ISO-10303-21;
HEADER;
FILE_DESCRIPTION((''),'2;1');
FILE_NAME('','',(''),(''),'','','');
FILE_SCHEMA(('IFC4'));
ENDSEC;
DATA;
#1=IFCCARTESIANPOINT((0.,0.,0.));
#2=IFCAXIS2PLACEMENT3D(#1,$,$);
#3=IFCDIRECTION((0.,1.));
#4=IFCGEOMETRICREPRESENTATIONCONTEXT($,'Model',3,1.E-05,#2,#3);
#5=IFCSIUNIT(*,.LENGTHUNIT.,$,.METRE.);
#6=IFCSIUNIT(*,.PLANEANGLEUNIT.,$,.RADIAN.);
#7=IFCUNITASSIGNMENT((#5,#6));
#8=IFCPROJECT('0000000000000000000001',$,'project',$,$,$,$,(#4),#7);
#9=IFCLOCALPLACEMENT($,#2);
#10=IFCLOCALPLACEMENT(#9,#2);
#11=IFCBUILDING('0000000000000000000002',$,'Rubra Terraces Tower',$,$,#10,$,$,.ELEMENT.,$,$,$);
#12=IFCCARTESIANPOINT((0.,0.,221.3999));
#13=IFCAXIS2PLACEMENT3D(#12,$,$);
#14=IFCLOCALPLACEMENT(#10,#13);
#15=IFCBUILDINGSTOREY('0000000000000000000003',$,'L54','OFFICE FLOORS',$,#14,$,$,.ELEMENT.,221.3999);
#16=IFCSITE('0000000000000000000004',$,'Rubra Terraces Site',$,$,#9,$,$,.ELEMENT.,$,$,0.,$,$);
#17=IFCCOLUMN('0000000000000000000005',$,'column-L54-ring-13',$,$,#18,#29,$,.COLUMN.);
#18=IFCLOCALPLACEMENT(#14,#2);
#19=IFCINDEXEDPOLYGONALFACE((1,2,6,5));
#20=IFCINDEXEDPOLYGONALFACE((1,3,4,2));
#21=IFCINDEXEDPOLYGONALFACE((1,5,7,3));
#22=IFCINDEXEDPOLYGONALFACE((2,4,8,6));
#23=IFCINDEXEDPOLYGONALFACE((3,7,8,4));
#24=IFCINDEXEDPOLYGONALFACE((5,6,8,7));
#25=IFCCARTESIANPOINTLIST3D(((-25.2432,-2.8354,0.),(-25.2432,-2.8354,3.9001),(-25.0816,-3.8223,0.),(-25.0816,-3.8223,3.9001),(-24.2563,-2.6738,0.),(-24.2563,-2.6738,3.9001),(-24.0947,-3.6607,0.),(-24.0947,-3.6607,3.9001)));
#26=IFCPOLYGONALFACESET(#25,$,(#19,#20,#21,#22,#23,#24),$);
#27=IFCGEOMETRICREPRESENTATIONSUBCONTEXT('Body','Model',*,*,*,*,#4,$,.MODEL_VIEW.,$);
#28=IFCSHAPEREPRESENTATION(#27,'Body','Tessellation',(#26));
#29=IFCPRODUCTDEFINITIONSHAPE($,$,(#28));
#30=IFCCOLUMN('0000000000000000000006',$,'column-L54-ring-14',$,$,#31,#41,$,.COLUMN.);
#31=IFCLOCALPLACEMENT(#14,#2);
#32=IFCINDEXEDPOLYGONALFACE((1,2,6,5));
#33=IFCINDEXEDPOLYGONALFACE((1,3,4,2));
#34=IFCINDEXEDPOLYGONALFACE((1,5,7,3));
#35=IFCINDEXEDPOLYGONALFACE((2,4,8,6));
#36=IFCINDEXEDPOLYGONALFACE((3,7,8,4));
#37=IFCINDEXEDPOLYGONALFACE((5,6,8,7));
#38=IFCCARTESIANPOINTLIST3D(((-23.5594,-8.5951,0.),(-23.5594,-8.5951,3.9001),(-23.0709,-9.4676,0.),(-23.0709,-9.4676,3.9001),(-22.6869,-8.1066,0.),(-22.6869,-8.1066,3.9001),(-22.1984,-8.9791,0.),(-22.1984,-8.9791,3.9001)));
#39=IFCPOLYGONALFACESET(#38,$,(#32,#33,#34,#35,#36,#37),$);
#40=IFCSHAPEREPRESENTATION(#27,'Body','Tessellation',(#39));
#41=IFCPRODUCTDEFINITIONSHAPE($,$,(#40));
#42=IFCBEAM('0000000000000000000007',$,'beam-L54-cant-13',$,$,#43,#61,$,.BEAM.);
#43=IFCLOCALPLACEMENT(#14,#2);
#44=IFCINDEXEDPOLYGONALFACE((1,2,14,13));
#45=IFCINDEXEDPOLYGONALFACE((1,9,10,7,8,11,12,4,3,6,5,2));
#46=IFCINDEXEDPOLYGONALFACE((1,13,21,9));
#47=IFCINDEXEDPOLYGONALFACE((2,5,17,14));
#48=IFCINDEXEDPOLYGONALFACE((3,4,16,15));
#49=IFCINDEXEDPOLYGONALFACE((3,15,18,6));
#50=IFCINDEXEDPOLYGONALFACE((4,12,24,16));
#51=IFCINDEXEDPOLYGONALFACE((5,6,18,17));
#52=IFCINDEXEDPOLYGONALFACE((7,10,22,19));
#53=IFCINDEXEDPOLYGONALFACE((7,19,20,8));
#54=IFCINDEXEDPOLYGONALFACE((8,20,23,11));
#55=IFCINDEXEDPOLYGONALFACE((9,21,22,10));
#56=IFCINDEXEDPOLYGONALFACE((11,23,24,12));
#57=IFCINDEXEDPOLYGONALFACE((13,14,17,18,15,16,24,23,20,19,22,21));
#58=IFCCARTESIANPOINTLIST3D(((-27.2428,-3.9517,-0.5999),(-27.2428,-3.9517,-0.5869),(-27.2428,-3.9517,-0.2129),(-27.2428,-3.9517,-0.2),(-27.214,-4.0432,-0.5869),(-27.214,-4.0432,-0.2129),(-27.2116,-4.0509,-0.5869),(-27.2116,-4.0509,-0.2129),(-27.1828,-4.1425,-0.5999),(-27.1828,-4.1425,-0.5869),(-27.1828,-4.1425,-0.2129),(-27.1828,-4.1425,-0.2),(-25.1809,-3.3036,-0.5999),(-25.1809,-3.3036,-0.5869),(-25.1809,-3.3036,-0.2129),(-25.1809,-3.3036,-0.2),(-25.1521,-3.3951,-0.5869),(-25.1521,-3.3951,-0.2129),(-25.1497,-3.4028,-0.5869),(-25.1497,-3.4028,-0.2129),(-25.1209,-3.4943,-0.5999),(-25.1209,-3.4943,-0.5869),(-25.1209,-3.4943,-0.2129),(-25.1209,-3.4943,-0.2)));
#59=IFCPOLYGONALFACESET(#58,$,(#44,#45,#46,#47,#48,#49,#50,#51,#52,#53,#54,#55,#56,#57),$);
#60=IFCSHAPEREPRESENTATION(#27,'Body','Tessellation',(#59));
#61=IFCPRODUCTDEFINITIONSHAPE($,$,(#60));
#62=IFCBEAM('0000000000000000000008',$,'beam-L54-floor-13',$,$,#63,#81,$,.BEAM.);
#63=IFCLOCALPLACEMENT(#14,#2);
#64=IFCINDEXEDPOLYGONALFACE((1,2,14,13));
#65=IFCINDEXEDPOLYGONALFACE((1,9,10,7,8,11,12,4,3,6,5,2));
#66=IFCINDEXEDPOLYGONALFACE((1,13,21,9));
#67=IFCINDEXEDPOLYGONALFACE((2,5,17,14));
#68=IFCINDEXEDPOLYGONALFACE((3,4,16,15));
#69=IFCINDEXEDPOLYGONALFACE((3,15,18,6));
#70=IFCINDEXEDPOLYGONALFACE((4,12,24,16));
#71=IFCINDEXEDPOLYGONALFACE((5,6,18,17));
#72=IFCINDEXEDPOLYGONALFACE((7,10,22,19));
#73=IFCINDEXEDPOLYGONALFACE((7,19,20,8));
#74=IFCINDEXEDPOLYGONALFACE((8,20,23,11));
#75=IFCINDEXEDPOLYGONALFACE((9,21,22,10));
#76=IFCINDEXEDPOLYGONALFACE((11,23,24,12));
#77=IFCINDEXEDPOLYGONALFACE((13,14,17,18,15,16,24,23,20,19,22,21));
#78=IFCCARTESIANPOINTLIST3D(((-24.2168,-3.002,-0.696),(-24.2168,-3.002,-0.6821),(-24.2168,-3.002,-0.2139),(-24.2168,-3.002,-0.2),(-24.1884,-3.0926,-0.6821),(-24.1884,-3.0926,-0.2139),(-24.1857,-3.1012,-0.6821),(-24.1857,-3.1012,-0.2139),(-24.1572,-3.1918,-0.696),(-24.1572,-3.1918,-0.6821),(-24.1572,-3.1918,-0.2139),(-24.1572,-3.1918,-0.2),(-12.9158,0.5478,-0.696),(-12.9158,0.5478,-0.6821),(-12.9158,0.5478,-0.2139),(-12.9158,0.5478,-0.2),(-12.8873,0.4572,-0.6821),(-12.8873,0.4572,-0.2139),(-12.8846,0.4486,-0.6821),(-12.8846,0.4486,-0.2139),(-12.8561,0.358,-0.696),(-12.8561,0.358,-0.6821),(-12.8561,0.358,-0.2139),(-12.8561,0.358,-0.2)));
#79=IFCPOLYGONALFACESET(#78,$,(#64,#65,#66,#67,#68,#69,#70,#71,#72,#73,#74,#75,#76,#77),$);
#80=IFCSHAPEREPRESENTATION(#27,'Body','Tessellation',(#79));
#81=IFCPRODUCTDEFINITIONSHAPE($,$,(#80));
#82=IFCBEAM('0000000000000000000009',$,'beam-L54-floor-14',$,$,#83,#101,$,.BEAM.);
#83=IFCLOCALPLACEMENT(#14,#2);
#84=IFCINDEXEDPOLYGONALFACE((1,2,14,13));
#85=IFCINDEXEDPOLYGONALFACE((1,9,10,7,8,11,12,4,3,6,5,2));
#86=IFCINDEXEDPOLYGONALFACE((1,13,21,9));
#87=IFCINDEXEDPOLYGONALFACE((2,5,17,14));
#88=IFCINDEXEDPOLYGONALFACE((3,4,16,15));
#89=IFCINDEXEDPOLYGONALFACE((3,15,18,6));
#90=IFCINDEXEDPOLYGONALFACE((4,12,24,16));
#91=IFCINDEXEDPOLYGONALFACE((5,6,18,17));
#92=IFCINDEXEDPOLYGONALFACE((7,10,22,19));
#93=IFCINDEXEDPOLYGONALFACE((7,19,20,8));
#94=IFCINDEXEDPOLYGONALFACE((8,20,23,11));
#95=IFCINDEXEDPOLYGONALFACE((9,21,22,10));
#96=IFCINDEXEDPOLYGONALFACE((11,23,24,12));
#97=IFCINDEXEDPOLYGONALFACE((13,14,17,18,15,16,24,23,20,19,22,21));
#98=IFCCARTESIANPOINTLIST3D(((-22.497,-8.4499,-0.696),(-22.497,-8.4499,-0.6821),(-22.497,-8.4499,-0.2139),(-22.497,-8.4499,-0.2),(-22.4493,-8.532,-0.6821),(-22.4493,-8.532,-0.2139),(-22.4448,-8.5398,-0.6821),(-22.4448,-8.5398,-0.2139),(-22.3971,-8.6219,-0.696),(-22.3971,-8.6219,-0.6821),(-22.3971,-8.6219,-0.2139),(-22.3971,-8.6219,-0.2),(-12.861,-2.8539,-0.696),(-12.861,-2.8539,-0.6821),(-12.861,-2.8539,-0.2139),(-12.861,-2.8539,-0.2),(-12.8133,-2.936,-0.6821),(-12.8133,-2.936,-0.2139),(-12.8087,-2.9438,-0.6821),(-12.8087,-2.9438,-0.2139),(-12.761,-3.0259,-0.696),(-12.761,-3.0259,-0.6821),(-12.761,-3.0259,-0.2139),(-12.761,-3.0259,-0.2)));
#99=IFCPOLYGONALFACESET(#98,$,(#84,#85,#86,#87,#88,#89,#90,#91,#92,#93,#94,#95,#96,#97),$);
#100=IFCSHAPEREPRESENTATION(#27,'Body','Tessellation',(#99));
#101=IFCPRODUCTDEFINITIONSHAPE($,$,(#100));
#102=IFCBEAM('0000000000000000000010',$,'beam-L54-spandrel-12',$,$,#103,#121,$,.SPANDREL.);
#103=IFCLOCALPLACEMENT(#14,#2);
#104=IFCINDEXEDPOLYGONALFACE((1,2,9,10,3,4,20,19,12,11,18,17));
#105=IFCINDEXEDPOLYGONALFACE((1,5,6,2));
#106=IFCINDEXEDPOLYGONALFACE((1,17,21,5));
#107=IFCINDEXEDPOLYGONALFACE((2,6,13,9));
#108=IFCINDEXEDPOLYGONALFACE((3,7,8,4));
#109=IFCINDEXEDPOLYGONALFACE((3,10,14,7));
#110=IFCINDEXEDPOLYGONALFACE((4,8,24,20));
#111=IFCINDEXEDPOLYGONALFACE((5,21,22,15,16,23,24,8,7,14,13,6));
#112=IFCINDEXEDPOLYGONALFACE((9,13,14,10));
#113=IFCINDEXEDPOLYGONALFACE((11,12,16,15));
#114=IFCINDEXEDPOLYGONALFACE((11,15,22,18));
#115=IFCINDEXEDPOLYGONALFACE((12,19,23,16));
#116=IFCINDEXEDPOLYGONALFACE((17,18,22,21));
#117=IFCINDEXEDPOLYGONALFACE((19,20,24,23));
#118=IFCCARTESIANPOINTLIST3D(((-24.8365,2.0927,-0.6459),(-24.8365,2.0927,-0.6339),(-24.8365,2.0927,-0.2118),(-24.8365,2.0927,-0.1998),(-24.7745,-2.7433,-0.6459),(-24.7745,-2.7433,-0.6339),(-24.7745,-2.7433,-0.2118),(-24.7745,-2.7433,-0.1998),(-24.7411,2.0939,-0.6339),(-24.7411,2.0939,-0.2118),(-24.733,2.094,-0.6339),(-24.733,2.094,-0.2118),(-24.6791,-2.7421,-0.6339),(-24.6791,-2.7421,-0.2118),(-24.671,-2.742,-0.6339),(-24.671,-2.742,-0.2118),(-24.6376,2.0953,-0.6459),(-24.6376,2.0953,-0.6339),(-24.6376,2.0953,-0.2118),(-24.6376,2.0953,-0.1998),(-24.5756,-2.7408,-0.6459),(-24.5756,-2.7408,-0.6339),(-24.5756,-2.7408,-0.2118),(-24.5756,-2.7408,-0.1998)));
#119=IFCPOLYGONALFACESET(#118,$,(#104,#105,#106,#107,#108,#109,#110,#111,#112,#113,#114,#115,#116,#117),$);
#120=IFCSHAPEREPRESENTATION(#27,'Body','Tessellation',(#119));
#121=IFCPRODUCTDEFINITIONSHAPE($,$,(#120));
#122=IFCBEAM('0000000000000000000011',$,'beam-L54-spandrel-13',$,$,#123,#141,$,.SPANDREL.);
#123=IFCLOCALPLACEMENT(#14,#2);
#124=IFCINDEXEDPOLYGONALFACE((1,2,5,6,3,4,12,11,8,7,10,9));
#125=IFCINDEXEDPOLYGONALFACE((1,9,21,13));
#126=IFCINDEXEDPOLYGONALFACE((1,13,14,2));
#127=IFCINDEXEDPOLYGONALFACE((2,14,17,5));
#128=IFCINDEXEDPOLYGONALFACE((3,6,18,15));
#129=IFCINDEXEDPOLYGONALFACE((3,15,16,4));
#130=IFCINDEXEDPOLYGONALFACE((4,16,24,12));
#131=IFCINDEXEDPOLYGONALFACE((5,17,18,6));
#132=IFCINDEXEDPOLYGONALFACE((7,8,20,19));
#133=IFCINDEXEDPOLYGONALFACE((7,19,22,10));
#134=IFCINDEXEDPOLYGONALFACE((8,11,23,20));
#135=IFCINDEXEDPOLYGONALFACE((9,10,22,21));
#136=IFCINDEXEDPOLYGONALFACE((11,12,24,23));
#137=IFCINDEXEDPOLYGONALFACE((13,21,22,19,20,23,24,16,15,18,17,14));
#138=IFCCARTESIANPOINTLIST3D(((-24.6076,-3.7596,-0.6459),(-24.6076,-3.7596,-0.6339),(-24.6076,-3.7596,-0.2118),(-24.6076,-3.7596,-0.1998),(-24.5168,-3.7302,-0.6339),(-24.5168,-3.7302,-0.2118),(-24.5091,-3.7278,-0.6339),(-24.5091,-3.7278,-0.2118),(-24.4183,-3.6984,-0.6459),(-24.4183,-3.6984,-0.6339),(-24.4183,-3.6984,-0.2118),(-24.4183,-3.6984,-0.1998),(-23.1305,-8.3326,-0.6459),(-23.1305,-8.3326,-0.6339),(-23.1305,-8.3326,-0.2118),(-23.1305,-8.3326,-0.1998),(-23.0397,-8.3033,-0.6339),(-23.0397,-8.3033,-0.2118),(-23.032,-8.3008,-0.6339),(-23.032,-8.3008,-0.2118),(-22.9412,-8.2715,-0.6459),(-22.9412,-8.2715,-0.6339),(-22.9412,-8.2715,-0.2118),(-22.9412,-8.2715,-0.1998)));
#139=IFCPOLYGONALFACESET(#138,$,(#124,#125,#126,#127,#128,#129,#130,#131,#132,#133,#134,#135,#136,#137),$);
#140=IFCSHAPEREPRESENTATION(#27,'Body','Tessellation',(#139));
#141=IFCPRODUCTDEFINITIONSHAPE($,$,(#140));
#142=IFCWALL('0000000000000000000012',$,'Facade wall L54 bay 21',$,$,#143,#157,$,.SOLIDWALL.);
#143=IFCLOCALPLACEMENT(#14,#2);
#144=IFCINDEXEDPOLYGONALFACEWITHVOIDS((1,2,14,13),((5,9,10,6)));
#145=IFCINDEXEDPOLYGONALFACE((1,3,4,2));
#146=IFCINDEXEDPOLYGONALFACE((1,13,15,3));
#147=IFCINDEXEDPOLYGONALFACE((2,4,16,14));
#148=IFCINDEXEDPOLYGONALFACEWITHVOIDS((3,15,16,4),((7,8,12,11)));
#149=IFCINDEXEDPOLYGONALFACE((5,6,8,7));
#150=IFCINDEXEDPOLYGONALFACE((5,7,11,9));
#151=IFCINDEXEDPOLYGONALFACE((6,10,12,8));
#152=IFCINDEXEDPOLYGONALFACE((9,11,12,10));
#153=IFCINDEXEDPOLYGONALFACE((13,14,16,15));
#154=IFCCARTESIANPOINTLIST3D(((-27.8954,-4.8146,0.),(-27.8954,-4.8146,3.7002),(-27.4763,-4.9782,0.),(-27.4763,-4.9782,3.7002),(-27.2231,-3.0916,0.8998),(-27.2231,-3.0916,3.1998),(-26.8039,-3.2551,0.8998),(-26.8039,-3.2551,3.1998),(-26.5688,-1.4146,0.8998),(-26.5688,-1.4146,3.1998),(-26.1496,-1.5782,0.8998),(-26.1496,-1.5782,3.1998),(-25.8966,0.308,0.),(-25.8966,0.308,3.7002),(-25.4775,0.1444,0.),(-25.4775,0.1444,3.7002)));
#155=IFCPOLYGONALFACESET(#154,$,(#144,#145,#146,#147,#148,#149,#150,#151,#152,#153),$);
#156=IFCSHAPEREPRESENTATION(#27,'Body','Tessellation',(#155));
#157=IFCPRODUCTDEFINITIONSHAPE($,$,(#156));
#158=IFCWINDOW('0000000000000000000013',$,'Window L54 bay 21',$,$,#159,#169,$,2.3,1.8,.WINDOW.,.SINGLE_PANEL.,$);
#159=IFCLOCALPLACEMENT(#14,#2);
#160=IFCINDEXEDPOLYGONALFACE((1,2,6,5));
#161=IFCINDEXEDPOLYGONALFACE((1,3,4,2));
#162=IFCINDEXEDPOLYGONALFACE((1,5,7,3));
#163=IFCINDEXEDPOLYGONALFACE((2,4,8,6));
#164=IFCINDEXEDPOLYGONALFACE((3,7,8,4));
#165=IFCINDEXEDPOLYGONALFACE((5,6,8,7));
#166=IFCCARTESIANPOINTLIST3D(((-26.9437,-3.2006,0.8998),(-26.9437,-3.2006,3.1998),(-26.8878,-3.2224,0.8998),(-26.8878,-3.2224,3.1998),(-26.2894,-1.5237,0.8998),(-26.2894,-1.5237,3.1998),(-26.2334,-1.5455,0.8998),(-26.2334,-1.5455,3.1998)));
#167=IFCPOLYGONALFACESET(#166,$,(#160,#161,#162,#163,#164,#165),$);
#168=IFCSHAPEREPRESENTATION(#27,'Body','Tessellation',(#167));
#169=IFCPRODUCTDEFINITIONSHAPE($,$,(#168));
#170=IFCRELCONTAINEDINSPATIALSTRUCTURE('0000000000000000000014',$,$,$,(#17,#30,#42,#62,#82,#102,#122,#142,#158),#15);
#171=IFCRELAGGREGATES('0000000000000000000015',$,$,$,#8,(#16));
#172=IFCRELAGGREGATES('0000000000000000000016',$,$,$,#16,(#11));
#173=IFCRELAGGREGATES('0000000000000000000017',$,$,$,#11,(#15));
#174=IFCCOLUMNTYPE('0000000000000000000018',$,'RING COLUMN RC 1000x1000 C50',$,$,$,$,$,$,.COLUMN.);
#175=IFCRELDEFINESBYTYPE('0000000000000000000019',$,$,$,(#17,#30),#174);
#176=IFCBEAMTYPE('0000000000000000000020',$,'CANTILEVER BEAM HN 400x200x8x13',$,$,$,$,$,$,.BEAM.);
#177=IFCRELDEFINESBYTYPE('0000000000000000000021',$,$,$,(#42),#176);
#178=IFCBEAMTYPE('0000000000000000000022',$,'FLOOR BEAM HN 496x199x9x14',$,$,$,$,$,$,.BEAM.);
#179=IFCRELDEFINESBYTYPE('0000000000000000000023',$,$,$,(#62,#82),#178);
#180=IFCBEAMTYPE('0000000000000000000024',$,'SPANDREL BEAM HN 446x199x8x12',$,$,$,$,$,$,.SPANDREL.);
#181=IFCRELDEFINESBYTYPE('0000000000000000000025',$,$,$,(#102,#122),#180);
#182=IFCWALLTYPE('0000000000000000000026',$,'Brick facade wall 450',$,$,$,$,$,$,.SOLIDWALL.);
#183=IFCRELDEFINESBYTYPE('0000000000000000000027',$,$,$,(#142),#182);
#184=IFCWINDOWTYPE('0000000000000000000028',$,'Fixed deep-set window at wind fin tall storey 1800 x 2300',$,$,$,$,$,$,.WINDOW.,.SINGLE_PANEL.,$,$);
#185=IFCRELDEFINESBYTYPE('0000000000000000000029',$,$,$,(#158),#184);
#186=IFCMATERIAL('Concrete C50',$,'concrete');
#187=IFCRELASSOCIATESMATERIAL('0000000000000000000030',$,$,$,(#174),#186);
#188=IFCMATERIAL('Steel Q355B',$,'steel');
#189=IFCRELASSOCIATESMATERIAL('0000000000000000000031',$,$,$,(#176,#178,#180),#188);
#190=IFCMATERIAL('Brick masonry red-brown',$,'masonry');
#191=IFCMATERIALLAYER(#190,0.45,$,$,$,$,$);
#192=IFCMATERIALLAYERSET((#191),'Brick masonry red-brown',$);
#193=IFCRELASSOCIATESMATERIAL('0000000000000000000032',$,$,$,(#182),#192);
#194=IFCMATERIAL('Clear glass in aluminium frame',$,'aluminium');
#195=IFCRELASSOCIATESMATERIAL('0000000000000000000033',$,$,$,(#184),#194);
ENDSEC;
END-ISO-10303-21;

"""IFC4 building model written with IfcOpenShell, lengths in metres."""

from ifc_helpers import new_model, si_unit, direction, frame, frame_2d, origin, origin_2d, place, context, subcontext, project, spatial, rectangle, i_section, extrude, material, layer, layer_set, material_profile, profile_set, type_object, element, fill, save


model = new_model("IFC4")

# Units and contexts
model_context = context("Model", 3, precision=1e-05, world=origin(), true_north=direction((0.0, 1.0)))
body_context = subcontext(model_context, "Body", "Model", "MODEL_VIEW")
ifc_project = project(units=[si_unit("LENGTHUNIT", "METRE"), si_unit("PLANEANGLEUNIT", "RADIAN")], contexts=[model_context])

# Site, building, storey
site_placement = place(None, origin())
site = spatial("IfcSite", under=ifc_project, at=site_placement, Name="Rubra Terraces Site", CompositionType="ELEMENT", RefElevation=0.0)
building_placement = place(site_placement, origin())
building = spatial("IfcBuilding", under=site, at=building_placement, Name="Rubra Terraces Tower", CompositionType="ELEMENT")
storey_placement = place(building_placement, frame((0.0, 0.0, 221.3999)))
storey = spatial("IfcBuildingStorey", under=building, at=storey_placement, Name="L54", Description="OFFICE FLOORS", CompositionType="ELEMENT", Elevation=221.3999)

# Columns
ifc_material_1 = material(Name="Concrete C50", Category="concrete")
ifc_material_profile_1 = material_profile(ifc_material_1, rectangle(XDim=1.0, YDim=1.0, at=origin_2d()), Name="RC 1000x1000")
ifc_profile_set_1 = profile_set([ifc_material_profile_1], Name="Concrete C50")
column_type = type_object("IfcColumnType", Name="RING COLUMN RC 1000x1000 C50", PredefinedType="COLUMN", material=ifc_profile_set_1)
for number, where, z_axis, x_axis, name in (
    (1, (-24.6689, -3.248, 0.0), (0.0, 0.0, 1.0), (0.161559, -0.986863, 0.0), "column-L54-ring-13"),
    (2, (-22.8789, -8.7871, 0.0), (0.0, 0.0, 1.0), (0.488526, -0.872549, 0.0), "column-L54-ring-14"),
):
    element("IfcColumn", number, at=place(storey_placement, frame(where, z_axis=z_axis, x_axis=x_axis)), inside=storey, type_object=column_type, Name=name, PredefinedType="COLUMN", context=body_context, shape_type="SweptSolid", body=[
        extrude(rectangle(XDim=1.0, YDim=1.0, at=origin_2d()), origin(), (0.0, 0.0, 1.0), 3.9001),
    ])

# Beams
ifc_material_2 = material(Name="Steel Q355B", Category="steel")
ifc_material_profile_2 = material_profile(ifc_material_2, i_section(OverallWidth=0.2, OverallDepth=0.3999, WebThickness=0.0081, FlangeThickness=0.0129, at=origin_2d()), Name="HN 400x200x8x13")
ifc_profile_set_2 = profile_set([ifc_material_profile_2], Name="Steel Q355B")
beam_type_1 = type_object("IfcBeamType", Name="CANTILEVER BEAM HN 400x200x8x13", PredefinedType="BEAM", material=ifc_profile_set_2)
beam_1_placement = place(storey_placement, frame((-25.1509, -3.3989, -0.3999), z_axis=(-0.953976, -0.299882, 0.0), x_axis=(0.299882, -0.953976, 0.0)))
element("IfcBeam", 3, at=beam_1_placement, inside=storey, type_object=beam_type_1, Name="beam-L54-cant-13", PredefinedType="BEAM", context=body_context, shape_type="SweptSolid", body=[
    extrude(i_section(OverallWidth=0.2, OverallDepth=0.3999, WebThickness=0.0081, FlangeThickness=0.0129, at=origin_2d()), origin(), (0.0, 0.0, 1.0), 2.1614),
])
ifc_material_profile_3 = material_profile(ifc_material_2, i_section(OverallWidth=0.199, OverallDepth=0.4961, WebThickness=0.009, FlangeThickness=0.0139, at=origin_2d()), Name="HN 496x199x9x14")
ifc_profile_set_3 = profile_set([ifc_material_profile_3], Name="Steel Q355B")
beam_type_2 = type_object("IfcBeamType", Name="FLOOR BEAM HN 496x199x9x14", PredefinedType="BEAM", material=ifc_profile_set_3)
beam_2_placement = place(storey_placement, frame((-24.187, -3.0969, -0.448), z_axis=(0.954041, 0.299677, 0.0), x_axis=(-0.299677, 0.954041, 0.0)))
element("IfcBeam", 4, at=beam_2_placement, inside=storey, type_object=beam_type_2, Name="beam-L54-floor-13", PredefinedType="BEAM", context=body_context, shape_type="SweptSolid", body=[
    extrude(i_section(OverallWidth=0.199, OverallDepth=0.4961, WebThickness=0.009, FlangeThickness=0.0139, at=origin_2d()), origin(), (0.0, 0.0, 1.0), 11.8455),
])
beam_3_placement = place(storey_placement, frame((-22.447, -8.5359, -0.448), z_axis=(0.864755, 0.502193, 0.0), x_axis=(-0.502193, 0.864755, 0.0)))
element("IfcBeam", 5, at=beam_3_placement, inside=storey, type_object=beam_type_2, Name="beam-L54-floor-14", PredefinedType="BEAM", context=body_context, shape_type="SweptSolid", body=[
    extrude(i_section(OverallWidth=0.199, OverallDepth=0.4961, WebThickness=0.009, FlangeThickness=0.0139, at=origin_2d()), origin(), (0.0, 0.0, 1.0), 11.1431),
])
ifc_material_profile_4 = material_profile(ifc_material_2, i_section(OverallWidth=0.199, OverallDepth=0.446, WebThickness=0.0081, FlangeThickness=0.012, at=origin_2d()), Name="HN 446x199x8x12")
ifc_profile_set_4 = profile_set([ifc_material_profile_4], Name="Steel Q355B")
beam_type_3 = type_object("IfcBeamType", Name="SPANDREL BEAM HN 446x199x8x12", PredefinedType="SPANDREL", material=ifc_profile_set_4)
beam_4_placement = place(storey_placement, frame((-24.7371, 2.094, -0.4229), z_axis=(0.012822, -0.999918, 0.0), x_axis=(0.999918, 0.012822, 0.0)))
element("IfcBeam", 6, at=beam_4_placement, inside=storey, type_object=beam_type_3, Name="beam-L54-spandrel-12", PredefinedType="SPANDREL", context=body_context, shape_type="SweptSolid", body=[
    extrude(i_section(OverallWidth=0.199, OverallDepth=0.446, WebThickness=0.0081, FlangeThickness=0.012, at=origin_2d()), origin(), (0.0, 0.0, 1.0), 4.8364),
])
beam_5_placement = place(storey_placement, frame((-24.5129, -3.729, -0.4229), z_axis=(0.307359, -0.951594, 0.0), x_axis=(0.951594, 0.307359, 0.0)))
element("IfcBeam", 7, at=beam_5_placement, inside=storey, type_object=beam_type_3, Name="beam-L54-spandrel-13", PredefinedType="SPANDREL", context=body_context, shape_type="SweptSolid", body=[
    extrude(i_section(OverallWidth=0.199, OverallDepth=0.446, WebThickness=0.0081, FlangeThickness=0.012, at=origin_2d()), origin(), (0.0, 0.0, 1.0), 4.8057),
])

# Wall, opening, window
ifc_material_3 = material(Name="Brick masonry red-brown", Category="masonry")
ifc_layer_1 = layer(ifc_material_3, 0.45)
ifc_layer_set_1 = layer_set([ifc_layer_1], Name="Brick masonry red-brown")
wall_type_1 = type_object("IfcWallType", Name="Brick facade wall 450", PredefinedType="SOLIDWALL", material=ifc_layer_set_1)
wall_1_placement = place(storey_placement, frame((-25.687, 0.2263, 0.0), z_axis=(0.0, 0.0, 1.0), x_axis=(-0.3635, -0.931594, 0.0)))
wall_1 = element("IfcWall", 8, at=wall_1_placement, inside=storey, type_object=wall_type_1, Name="Facade wall L54 bay 21", PredefinedType="SOLIDWALL", context=body_context, shape_type="SweptSolid", body=[
    extrude(rectangle(XDim=5.4988, YDim=0.45, at=frame_2d((2.7495, 0.0))), origin(), (0.0, 0.0, 1.0), 3.7002),
])
opening_1_placement = place(wall_1_placement, frame((1.8494, 0.0, 0.8999)))
opening_1 = element("IfcOpeningElement", 9, at=opening_1_placement, cuts=wall_1, PredefinedType="OPENING", context=body_context, shape_type="SweptSolid", body=[
    extrude(rectangle(XDim=1.8, YDim=2.3, at=frame_2d((0.8999, 1.1499))), frame((0.0, 0.2349, 0.0), z_axis=(0.0, -1.0, 0.0), x_axis=(1.0, 0.0, 0.0)), (0.0, 0.0, 1.0), 0.47),
])
ifc_material_4 = material(Name="Clear glass in aluminium frame", Category="aluminium")
window_type_1 = type_object("IfcWindowType", Name="Fixed deep-set window at wind fin tall storey 1800 x 2300", PartitioningType="SINGLE_PANEL", PredefinedType="WINDOW", material=ifc_material_4)
window_1_placement = place(opening_1_placement, origin())
window_1 = element("IfcWindow", 10, at=window_1_placement, inside=storey, type_object=window_type_1, Name="Window L54 bay 21", OverallHeight=2.3, OverallWidth=1.8, PartitioningType="SINGLE_PANEL", PredefinedType="WINDOW", context=body_context, shape_type="SweptSolid", body=[
    extrude(rectangle(XDim=1.8, YDim=2.3, at=frame_2d((0.8999, 1.1499))), frame((0.0, 0.135, 0.0), z_axis=(0.0, -1.0, 0.0), x_axis=(1.0, 0.0, 0.0)), (0.0, 0.0, 1.0), 0.0601),
])
fill(opening_1, window_1)

save(model, "model.ifc")
